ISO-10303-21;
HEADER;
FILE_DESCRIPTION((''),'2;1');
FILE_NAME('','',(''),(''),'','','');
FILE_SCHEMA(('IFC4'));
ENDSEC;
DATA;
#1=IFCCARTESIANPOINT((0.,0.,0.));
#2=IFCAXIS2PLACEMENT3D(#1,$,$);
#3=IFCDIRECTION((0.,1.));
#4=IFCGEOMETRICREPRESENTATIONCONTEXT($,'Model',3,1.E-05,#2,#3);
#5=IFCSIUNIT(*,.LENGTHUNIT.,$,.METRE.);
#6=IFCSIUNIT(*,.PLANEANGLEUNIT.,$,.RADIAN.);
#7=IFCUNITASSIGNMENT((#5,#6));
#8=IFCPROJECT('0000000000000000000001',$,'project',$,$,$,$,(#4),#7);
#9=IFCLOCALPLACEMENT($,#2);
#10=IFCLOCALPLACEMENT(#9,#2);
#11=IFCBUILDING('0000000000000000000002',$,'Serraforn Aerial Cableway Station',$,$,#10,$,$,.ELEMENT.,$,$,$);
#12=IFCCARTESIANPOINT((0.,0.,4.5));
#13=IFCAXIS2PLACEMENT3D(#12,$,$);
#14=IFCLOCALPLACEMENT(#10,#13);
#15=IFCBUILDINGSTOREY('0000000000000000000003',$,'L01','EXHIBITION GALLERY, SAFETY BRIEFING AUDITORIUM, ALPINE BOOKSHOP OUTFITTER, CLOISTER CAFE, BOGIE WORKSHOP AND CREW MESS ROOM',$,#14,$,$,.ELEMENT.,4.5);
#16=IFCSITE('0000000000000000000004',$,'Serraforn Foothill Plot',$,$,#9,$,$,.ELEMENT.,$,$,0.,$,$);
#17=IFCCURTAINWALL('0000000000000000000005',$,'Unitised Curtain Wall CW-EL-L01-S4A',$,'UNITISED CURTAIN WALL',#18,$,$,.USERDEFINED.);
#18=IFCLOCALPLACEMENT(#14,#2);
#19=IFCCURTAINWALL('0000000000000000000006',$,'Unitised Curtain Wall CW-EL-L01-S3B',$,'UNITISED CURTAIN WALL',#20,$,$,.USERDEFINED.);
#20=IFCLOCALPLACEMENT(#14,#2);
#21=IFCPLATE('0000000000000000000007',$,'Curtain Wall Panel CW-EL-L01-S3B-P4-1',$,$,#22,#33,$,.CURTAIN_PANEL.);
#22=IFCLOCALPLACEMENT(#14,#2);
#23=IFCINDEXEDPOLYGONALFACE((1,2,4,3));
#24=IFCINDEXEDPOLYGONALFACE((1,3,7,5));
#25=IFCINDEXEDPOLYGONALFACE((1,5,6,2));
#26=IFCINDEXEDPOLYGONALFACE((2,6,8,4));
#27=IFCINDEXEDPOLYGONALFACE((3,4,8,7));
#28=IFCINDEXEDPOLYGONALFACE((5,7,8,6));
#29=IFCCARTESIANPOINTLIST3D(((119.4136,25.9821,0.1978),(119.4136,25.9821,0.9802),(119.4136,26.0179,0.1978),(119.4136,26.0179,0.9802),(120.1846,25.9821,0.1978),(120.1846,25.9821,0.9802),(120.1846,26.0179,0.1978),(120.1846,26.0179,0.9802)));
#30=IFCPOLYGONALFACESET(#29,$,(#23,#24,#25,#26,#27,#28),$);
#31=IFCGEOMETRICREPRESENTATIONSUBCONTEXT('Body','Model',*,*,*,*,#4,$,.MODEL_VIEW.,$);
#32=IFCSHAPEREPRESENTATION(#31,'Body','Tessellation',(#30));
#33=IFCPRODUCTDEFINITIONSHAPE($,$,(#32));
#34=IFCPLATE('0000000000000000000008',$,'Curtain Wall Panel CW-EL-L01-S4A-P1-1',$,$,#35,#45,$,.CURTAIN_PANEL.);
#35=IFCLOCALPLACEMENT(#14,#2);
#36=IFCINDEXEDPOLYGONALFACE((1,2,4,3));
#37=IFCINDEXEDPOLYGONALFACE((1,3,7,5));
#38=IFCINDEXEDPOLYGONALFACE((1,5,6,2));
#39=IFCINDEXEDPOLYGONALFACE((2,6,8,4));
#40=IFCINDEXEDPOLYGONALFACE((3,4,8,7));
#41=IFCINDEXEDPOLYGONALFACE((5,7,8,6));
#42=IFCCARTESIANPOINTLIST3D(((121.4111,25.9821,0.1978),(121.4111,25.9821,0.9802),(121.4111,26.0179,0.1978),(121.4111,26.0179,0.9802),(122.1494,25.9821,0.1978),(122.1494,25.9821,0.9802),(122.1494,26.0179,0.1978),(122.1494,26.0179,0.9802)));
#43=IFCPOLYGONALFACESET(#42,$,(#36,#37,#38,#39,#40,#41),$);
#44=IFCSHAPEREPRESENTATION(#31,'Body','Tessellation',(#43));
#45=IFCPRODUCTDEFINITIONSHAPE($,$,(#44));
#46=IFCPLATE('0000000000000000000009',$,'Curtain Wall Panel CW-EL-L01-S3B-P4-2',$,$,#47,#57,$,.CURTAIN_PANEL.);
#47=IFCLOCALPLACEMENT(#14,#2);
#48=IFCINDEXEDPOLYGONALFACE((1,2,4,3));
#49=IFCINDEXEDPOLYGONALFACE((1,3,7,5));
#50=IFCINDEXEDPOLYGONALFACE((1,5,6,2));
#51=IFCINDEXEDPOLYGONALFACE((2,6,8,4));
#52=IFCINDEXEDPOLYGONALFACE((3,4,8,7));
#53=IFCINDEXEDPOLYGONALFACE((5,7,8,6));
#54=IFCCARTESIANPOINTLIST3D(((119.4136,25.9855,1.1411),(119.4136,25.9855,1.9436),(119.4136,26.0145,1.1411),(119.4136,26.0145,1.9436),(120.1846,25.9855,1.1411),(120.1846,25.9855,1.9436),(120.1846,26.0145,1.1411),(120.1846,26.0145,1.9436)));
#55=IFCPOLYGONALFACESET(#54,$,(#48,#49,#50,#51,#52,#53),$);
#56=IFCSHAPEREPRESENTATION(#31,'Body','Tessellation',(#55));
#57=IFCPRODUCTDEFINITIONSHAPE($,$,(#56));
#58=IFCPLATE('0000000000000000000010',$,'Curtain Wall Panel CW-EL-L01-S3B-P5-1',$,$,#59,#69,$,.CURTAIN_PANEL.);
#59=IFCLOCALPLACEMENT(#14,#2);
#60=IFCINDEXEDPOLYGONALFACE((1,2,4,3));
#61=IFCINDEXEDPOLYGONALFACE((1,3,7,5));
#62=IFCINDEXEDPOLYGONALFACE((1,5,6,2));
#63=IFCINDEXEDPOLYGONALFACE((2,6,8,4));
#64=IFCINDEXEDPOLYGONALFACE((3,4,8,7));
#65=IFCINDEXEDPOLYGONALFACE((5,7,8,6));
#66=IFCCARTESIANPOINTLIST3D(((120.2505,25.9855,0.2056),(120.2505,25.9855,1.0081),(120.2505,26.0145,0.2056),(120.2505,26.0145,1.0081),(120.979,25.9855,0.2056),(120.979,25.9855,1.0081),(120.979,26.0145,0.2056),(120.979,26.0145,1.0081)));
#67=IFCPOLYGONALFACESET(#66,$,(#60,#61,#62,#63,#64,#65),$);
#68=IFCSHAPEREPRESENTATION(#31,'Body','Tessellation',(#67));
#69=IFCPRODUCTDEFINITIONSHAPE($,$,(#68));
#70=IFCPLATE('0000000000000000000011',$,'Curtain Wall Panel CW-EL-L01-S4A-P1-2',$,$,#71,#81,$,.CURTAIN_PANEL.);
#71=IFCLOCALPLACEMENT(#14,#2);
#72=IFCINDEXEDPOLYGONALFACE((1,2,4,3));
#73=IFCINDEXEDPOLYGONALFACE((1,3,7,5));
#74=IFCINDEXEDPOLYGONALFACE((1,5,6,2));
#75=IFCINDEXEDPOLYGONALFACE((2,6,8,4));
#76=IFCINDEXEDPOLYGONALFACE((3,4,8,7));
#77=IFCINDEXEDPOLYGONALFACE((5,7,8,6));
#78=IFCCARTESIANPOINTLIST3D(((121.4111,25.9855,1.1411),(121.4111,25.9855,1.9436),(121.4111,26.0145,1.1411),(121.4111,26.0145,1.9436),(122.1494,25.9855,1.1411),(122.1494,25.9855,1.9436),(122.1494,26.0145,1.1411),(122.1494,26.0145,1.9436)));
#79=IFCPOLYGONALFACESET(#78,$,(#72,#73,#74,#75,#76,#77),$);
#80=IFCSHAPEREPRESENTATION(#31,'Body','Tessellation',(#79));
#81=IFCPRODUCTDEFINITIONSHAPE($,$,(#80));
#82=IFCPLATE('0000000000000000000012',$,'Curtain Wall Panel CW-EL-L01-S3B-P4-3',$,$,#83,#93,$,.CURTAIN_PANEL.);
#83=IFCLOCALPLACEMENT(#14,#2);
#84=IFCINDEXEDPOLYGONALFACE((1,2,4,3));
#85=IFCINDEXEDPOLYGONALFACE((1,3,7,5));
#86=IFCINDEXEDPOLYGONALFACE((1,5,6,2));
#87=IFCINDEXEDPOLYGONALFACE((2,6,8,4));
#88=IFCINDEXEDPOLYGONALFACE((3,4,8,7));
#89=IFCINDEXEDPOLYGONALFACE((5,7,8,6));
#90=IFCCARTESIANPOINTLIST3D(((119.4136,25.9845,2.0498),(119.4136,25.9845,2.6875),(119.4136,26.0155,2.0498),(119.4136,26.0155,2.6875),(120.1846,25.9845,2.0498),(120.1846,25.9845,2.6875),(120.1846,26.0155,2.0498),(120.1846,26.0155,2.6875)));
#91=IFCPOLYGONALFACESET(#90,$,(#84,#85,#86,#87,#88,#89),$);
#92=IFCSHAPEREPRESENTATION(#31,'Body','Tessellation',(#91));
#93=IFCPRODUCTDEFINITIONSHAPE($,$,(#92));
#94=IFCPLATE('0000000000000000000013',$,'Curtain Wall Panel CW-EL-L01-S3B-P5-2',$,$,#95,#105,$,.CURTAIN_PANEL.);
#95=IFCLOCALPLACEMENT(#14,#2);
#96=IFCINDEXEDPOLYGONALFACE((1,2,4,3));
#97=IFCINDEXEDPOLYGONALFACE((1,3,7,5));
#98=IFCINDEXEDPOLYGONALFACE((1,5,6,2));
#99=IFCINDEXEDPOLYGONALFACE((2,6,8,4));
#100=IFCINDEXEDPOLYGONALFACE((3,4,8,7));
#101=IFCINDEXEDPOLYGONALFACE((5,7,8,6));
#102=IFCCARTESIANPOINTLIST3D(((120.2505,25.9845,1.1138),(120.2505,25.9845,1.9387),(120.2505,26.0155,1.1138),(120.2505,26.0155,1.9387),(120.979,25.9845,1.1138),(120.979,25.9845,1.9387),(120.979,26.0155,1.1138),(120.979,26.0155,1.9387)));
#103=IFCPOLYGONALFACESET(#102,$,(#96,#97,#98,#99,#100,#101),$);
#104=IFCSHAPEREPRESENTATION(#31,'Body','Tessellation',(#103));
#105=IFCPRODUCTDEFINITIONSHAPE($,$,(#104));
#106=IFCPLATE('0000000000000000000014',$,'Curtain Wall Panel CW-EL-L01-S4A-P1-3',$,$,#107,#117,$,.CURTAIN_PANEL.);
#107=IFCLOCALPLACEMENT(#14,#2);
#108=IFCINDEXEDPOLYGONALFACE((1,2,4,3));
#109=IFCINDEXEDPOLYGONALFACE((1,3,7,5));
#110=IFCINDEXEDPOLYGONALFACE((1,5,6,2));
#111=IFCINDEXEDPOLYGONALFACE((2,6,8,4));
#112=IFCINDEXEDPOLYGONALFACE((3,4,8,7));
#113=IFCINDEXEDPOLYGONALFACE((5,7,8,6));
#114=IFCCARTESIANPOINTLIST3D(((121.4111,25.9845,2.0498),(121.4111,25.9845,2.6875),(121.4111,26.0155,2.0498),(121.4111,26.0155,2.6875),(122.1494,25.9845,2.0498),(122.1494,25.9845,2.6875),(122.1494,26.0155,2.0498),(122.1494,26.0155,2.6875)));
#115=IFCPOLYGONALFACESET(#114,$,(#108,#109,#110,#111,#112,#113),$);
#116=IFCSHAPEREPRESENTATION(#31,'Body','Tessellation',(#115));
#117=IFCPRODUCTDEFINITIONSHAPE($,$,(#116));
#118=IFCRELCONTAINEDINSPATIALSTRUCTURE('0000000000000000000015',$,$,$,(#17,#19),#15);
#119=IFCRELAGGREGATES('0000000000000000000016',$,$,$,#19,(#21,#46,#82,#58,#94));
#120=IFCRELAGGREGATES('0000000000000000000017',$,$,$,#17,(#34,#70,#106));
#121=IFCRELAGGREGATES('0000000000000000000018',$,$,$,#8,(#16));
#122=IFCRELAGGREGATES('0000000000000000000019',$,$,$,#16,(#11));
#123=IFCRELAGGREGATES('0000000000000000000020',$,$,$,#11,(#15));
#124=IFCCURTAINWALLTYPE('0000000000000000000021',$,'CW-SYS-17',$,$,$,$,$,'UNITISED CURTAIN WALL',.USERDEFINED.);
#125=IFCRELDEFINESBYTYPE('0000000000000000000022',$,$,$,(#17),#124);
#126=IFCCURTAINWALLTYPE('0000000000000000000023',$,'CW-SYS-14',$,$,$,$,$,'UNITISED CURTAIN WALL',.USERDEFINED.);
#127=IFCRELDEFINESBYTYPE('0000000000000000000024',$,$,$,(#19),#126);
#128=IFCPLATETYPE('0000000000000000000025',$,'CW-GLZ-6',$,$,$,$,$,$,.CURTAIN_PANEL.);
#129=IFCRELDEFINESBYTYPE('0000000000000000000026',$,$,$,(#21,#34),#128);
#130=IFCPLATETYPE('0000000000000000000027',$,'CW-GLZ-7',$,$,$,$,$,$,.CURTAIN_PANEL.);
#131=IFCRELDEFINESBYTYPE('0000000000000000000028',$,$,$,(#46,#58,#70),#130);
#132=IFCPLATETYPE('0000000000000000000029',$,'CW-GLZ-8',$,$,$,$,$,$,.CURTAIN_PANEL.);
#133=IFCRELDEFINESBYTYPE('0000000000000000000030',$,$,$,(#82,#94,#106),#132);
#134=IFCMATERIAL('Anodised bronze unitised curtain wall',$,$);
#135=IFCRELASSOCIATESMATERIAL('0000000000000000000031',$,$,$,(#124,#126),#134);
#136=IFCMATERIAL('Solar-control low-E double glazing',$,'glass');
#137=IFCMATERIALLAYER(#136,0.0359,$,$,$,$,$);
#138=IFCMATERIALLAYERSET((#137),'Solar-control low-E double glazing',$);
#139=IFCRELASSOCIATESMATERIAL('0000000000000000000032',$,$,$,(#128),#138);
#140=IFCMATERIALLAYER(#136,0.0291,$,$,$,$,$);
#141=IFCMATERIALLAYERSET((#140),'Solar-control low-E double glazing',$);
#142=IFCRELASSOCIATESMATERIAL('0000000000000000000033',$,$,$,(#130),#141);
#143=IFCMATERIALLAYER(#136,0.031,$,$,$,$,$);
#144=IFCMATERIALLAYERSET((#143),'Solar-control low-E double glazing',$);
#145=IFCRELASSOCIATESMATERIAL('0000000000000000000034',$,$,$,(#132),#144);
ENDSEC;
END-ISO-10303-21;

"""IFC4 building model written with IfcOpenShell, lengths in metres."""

from ifc_helpers import new_model, si_unit, direction, frame, origin, origin_2d, place, context, subcontext, project, spatial, rectangle, extrude, material, layer, layer_set, type_object, element, aggregate, save


model = new_model("IFC4")

# Units and contexts
model_context = context("Model", 3, precision=1e-05, world=origin(), true_north=direction((0.0, 1.0)))
body_context = subcontext(model_context, "Body", "Model", "MODEL_VIEW")
ifc_project = project(units=[si_unit("LENGTHUNIT", "METRE"), si_unit("PLANEANGLEUNIT", "RADIAN")], contexts=[model_context])

# Site, building, storey
site_placement = place(None, origin())
site = spatial("IfcSite", under=ifc_project, at=site_placement, Name="Serraforn Foothill Plot", CompositionType="ELEMENT", RefElevation=0.0)
building_placement = place(site_placement, origin())
building = spatial("IfcBuilding", under=site, at=building_placement, Name="Serraforn Aerial Cableway Station", CompositionType="ELEMENT")
storey_placement = place(building_placement, frame((0.0, 0.0, 4.5)))
storey = spatial("IfcBuildingStorey", under=building, at=storey_placement, Name="L01", Description="EXHIBITION GALLERY, SAFETY BRIEFING AUDITORIUM, ALPINE BOOKSHOP OUTFITTER, CLOISTER CAFE, BOGIE WORKSHOP AND CREW MESS ROOM", CompositionType="ELEMENT", Elevation=4.5)

# Curtain wall
ifc_material_1 = material(Name="Anodised bronze unitised curtain wall")
curtain_wall_type_1 = type_object("IfcCurtainWallType", Name="CW-SYS-17", ElementType="UNITISED CURTAIN WALL", PredefinedType="USERDEFINED", material=ifc_material_1)
curtain_wall_1_placement = place(storey_placement, origin())
curtain_wall_1 = element("IfcCurtainWall", 1, at=curtain_wall_1_placement, inside=storey, type_object=curtain_wall_type_1, Name="Unitised Curtain Wall CW-EL-L01-S4A", ObjectType="UNITISED CURTAIN WALL", PredefinedType="USERDEFINED")

# Curtain wall
curtain_wall_type_2 = type_object("IfcCurtainWallType", Name="CW-SYS-14", ElementType="UNITISED CURTAIN WALL", PredefinedType="USERDEFINED", material=ifc_material_1)
curtain_wall_2_placement = place(storey_placement, origin())
curtain_wall_2 = element("IfcCurtainWall", 2, at=curtain_wall_2_placement, inside=storey, type_object=curtain_wall_type_2, Name="Unitised Curtain Wall CW-EL-L01-S3B", ObjectType="UNITISED CURTAIN WALL", PredefinedType="USERDEFINED")

# Plates
ifc_material_2 = material(Name="Solar-control low-E double glazing", Category="glass")
ifc_layer_1 = layer(ifc_material_2, 0.0359)
ifc_layer_set_1 = layer_set([ifc_layer_1], Name="Solar-control low-E double glazing")
plate_type_1 = type_object("IfcPlateType", Name="CW-GLZ-6", PredefinedType="CURTAIN_PANEL", material=ifc_layer_set_1)
plate_1_placement = place(storey_placement, frame((119.7991, 26.0, 0.1978), z_axis=(0.0, 0.0, 1.0), x_axis=(1.0, 0.0, 0.0)))
plate_1 = element("IfcPlate", 3, at=plate_1_placement, type_object=plate_type_1, Name="Curtain Wall Panel CW-EL-L01-S3B-P4-1", PredefinedType="CURTAIN_PANEL", context=body_context, shape_type="SweptSolid", body=[
    extrude(rectangle(XDim=0.771, YDim=0.0359, at=origin_2d()), origin(), (0.0, 0.0, 1.0), 0.7825),
])
plate_2_placement = place(storey_placement, frame((121.7803, 26.0, 0.1978), z_axis=(0.0, 0.0, 1.0), x_axis=(1.0, 0.0, 0.0)))
plate_2 = element("IfcPlate", 4, at=plate_2_placement, type_object=plate_type_1, Name="Curtain Wall Panel CW-EL-L01-S4A-P1-1", PredefinedType="CURTAIN_PANEL", context=body_context, shape_type="SweptSolid", body=[
    extrude(rectangle(XDim=0.7383, YDim=0.0359, at=origin_2d()), origin(), (0.0, 0.0, 1.0), 0.7825),
])
ifc_layer_2 = layer(ifc_material_2, 0.0291)
ifc_layer_set_2 = layer_set([ifc_layer_2], Name="Solar-control low-E double glazing")
plate_type_2 = type_object("IfcPlateType", Name="CW-GLZ-7", PredefinedType="CURTAIN_PANEL", material=ifc_layer_set_2)
plate_3_placement = place(storey_placement, frame((119.7991, 26.0, 1.1411), z_axis=(0.0, 0.0, 1.0), x_axis=(1.0, 0.0, 0.0)))
plate_3 = element("IfcPlate", 5, at=plate_3_placement, type_object=plate_type_2, Name="Curtain Wall Panel CW-EL-L01-S3B-P4-2", PredefinedType="CURTAIN_PANEL", context=body_context, shape_type="SweptSolid", body=[
    extrude(rectangle(XDim=0.771, YDim=0.0291, at=origin_2d()), origin(), (0.0, 0.0, 1.0), 0.8025),
])
plate_4_placement = place(storey_placement, frame((120.6147, 26.0, 0.2056), z_axis=(0.0, 0.0, 1.0), x_axis=(1.0, 0.0, 0.0)))
plate_4 = element("IfcPlate", 6, at=plate_4_placement, type_object=plate_type_2, Name="Curtain Wall Panel CW-EL-L01-S3B-P5-1", PredefinedType="CURTAIN_PANEL", context=body_context, shape_type="SweptSolid", body=[
    extrude(rectangle(XDim=0.7285, YDim=0.0291, at=origin_2d()), origin(), (0.0, 0.0, 1.0), 0.8025),
])
plate_5_placement = place(storey_placement, frame((121.7803, 26.0, 1.1411), z_axis=(0.0, 0.0, 1.0), x_axis=(1.0, 0.0, 0.0)))
plate_5 = element("IfcPlate", 7, at=plate_5_placement, type_object=plate_type_2, Name="Curtain Wall Panel CW-EL-L01-S4A-P1-2", PredefinedType="CURTAIN_PANEL", context=body_context, shape_type="SweptSolid", body=[
    extrude(rectangle(XDim=0.7383, YDim=0.0291, at=origin_2d()), origin(), (0.0, 0.0, 1.0), 0.8025),
])
ifc_layer_3 = layer(ifc_material_2, 0.031)
ifc_layer_set_3 = layer_set([ifc_layer_3], Name="Solar-control low-E double glazing")
plate_type_3 = type_object("IfcPlateType", Name="CW-GLZ-8", PredefinedType="CURTAIN_PANEL", material=ifc_layer_set_3)
plate_6_placement = place(storey_placement, frame((119.7991, 26.0, 2.0498), z_axis=(0.0, 0.0, 1.0), x_axis=(1.0, 0.0, 0.0)))
plate_6 = element("IfcPlate", 8, at=plate_6_placement, type_object=plate_type_3, Name="Curtain Wall Panel CW-EL-L01-S3B-P4-3", PredefinedType="CURTAIN_PANEL", context=body_context, shape_type="SweptSolid", body=[
    extrude(rectangle(XDim=0.771, YDim=0.031, at=origin_2d()), origin(), (0.0, 0.0, 1.0), 0.6377),
])
plate_7_placement = place(storey_placement, frame((120.6147, 26.0, 1.1138), z_axis=(0.0, 0.0, 1.0), x_axis=(1.0, 0.0, 0.0)))
plate_7 = element("IfcPlate", 9, at=plate_7_placement, type_object=plate_type_3, Name="Curtain Wall Panel CW-EL-L01-S3B-P5-2", PredefinedType="CURTAIN_PANEL", context=body_context, shape_type="SweptSolid", body=[
    extrude(rectangle(XDim=0.7285, YDim=0.031, at=origin_2d()), origin(), (0.0, 0.0, 1.0), 0.825),
])
aggregate(curtain_wall_2, [plate_1, plate_3, plate_6, plate_4, plate_7])
plate_8_placement = place(storey_placement, frame((121.7803, 26.0, 2.0498), z_axis=(0.0, 0.0, 1.0), x_axis=(1.0, 0.0, 0.0)))
plate_8 = element("IfcPlate", 10, at=plate_8_placement, type_object=plate_type_3, Name="Curtain Wall Panel CW-EL-L01-S4A-P1-3", PredefinedType="CURTAIN_PANEL", context=body_context, shape_type="SweptSolid", body=[
    extrude(rectangle(XDim=0.7383, YDim=0.031, at=origin_2d()), origin(), (0.0, 0.0, 1.0), 0.6377),
])
aggregate(curtain_wall_1, [plate_2, plate_5, plate_8])

save(model, "model.ifc")
